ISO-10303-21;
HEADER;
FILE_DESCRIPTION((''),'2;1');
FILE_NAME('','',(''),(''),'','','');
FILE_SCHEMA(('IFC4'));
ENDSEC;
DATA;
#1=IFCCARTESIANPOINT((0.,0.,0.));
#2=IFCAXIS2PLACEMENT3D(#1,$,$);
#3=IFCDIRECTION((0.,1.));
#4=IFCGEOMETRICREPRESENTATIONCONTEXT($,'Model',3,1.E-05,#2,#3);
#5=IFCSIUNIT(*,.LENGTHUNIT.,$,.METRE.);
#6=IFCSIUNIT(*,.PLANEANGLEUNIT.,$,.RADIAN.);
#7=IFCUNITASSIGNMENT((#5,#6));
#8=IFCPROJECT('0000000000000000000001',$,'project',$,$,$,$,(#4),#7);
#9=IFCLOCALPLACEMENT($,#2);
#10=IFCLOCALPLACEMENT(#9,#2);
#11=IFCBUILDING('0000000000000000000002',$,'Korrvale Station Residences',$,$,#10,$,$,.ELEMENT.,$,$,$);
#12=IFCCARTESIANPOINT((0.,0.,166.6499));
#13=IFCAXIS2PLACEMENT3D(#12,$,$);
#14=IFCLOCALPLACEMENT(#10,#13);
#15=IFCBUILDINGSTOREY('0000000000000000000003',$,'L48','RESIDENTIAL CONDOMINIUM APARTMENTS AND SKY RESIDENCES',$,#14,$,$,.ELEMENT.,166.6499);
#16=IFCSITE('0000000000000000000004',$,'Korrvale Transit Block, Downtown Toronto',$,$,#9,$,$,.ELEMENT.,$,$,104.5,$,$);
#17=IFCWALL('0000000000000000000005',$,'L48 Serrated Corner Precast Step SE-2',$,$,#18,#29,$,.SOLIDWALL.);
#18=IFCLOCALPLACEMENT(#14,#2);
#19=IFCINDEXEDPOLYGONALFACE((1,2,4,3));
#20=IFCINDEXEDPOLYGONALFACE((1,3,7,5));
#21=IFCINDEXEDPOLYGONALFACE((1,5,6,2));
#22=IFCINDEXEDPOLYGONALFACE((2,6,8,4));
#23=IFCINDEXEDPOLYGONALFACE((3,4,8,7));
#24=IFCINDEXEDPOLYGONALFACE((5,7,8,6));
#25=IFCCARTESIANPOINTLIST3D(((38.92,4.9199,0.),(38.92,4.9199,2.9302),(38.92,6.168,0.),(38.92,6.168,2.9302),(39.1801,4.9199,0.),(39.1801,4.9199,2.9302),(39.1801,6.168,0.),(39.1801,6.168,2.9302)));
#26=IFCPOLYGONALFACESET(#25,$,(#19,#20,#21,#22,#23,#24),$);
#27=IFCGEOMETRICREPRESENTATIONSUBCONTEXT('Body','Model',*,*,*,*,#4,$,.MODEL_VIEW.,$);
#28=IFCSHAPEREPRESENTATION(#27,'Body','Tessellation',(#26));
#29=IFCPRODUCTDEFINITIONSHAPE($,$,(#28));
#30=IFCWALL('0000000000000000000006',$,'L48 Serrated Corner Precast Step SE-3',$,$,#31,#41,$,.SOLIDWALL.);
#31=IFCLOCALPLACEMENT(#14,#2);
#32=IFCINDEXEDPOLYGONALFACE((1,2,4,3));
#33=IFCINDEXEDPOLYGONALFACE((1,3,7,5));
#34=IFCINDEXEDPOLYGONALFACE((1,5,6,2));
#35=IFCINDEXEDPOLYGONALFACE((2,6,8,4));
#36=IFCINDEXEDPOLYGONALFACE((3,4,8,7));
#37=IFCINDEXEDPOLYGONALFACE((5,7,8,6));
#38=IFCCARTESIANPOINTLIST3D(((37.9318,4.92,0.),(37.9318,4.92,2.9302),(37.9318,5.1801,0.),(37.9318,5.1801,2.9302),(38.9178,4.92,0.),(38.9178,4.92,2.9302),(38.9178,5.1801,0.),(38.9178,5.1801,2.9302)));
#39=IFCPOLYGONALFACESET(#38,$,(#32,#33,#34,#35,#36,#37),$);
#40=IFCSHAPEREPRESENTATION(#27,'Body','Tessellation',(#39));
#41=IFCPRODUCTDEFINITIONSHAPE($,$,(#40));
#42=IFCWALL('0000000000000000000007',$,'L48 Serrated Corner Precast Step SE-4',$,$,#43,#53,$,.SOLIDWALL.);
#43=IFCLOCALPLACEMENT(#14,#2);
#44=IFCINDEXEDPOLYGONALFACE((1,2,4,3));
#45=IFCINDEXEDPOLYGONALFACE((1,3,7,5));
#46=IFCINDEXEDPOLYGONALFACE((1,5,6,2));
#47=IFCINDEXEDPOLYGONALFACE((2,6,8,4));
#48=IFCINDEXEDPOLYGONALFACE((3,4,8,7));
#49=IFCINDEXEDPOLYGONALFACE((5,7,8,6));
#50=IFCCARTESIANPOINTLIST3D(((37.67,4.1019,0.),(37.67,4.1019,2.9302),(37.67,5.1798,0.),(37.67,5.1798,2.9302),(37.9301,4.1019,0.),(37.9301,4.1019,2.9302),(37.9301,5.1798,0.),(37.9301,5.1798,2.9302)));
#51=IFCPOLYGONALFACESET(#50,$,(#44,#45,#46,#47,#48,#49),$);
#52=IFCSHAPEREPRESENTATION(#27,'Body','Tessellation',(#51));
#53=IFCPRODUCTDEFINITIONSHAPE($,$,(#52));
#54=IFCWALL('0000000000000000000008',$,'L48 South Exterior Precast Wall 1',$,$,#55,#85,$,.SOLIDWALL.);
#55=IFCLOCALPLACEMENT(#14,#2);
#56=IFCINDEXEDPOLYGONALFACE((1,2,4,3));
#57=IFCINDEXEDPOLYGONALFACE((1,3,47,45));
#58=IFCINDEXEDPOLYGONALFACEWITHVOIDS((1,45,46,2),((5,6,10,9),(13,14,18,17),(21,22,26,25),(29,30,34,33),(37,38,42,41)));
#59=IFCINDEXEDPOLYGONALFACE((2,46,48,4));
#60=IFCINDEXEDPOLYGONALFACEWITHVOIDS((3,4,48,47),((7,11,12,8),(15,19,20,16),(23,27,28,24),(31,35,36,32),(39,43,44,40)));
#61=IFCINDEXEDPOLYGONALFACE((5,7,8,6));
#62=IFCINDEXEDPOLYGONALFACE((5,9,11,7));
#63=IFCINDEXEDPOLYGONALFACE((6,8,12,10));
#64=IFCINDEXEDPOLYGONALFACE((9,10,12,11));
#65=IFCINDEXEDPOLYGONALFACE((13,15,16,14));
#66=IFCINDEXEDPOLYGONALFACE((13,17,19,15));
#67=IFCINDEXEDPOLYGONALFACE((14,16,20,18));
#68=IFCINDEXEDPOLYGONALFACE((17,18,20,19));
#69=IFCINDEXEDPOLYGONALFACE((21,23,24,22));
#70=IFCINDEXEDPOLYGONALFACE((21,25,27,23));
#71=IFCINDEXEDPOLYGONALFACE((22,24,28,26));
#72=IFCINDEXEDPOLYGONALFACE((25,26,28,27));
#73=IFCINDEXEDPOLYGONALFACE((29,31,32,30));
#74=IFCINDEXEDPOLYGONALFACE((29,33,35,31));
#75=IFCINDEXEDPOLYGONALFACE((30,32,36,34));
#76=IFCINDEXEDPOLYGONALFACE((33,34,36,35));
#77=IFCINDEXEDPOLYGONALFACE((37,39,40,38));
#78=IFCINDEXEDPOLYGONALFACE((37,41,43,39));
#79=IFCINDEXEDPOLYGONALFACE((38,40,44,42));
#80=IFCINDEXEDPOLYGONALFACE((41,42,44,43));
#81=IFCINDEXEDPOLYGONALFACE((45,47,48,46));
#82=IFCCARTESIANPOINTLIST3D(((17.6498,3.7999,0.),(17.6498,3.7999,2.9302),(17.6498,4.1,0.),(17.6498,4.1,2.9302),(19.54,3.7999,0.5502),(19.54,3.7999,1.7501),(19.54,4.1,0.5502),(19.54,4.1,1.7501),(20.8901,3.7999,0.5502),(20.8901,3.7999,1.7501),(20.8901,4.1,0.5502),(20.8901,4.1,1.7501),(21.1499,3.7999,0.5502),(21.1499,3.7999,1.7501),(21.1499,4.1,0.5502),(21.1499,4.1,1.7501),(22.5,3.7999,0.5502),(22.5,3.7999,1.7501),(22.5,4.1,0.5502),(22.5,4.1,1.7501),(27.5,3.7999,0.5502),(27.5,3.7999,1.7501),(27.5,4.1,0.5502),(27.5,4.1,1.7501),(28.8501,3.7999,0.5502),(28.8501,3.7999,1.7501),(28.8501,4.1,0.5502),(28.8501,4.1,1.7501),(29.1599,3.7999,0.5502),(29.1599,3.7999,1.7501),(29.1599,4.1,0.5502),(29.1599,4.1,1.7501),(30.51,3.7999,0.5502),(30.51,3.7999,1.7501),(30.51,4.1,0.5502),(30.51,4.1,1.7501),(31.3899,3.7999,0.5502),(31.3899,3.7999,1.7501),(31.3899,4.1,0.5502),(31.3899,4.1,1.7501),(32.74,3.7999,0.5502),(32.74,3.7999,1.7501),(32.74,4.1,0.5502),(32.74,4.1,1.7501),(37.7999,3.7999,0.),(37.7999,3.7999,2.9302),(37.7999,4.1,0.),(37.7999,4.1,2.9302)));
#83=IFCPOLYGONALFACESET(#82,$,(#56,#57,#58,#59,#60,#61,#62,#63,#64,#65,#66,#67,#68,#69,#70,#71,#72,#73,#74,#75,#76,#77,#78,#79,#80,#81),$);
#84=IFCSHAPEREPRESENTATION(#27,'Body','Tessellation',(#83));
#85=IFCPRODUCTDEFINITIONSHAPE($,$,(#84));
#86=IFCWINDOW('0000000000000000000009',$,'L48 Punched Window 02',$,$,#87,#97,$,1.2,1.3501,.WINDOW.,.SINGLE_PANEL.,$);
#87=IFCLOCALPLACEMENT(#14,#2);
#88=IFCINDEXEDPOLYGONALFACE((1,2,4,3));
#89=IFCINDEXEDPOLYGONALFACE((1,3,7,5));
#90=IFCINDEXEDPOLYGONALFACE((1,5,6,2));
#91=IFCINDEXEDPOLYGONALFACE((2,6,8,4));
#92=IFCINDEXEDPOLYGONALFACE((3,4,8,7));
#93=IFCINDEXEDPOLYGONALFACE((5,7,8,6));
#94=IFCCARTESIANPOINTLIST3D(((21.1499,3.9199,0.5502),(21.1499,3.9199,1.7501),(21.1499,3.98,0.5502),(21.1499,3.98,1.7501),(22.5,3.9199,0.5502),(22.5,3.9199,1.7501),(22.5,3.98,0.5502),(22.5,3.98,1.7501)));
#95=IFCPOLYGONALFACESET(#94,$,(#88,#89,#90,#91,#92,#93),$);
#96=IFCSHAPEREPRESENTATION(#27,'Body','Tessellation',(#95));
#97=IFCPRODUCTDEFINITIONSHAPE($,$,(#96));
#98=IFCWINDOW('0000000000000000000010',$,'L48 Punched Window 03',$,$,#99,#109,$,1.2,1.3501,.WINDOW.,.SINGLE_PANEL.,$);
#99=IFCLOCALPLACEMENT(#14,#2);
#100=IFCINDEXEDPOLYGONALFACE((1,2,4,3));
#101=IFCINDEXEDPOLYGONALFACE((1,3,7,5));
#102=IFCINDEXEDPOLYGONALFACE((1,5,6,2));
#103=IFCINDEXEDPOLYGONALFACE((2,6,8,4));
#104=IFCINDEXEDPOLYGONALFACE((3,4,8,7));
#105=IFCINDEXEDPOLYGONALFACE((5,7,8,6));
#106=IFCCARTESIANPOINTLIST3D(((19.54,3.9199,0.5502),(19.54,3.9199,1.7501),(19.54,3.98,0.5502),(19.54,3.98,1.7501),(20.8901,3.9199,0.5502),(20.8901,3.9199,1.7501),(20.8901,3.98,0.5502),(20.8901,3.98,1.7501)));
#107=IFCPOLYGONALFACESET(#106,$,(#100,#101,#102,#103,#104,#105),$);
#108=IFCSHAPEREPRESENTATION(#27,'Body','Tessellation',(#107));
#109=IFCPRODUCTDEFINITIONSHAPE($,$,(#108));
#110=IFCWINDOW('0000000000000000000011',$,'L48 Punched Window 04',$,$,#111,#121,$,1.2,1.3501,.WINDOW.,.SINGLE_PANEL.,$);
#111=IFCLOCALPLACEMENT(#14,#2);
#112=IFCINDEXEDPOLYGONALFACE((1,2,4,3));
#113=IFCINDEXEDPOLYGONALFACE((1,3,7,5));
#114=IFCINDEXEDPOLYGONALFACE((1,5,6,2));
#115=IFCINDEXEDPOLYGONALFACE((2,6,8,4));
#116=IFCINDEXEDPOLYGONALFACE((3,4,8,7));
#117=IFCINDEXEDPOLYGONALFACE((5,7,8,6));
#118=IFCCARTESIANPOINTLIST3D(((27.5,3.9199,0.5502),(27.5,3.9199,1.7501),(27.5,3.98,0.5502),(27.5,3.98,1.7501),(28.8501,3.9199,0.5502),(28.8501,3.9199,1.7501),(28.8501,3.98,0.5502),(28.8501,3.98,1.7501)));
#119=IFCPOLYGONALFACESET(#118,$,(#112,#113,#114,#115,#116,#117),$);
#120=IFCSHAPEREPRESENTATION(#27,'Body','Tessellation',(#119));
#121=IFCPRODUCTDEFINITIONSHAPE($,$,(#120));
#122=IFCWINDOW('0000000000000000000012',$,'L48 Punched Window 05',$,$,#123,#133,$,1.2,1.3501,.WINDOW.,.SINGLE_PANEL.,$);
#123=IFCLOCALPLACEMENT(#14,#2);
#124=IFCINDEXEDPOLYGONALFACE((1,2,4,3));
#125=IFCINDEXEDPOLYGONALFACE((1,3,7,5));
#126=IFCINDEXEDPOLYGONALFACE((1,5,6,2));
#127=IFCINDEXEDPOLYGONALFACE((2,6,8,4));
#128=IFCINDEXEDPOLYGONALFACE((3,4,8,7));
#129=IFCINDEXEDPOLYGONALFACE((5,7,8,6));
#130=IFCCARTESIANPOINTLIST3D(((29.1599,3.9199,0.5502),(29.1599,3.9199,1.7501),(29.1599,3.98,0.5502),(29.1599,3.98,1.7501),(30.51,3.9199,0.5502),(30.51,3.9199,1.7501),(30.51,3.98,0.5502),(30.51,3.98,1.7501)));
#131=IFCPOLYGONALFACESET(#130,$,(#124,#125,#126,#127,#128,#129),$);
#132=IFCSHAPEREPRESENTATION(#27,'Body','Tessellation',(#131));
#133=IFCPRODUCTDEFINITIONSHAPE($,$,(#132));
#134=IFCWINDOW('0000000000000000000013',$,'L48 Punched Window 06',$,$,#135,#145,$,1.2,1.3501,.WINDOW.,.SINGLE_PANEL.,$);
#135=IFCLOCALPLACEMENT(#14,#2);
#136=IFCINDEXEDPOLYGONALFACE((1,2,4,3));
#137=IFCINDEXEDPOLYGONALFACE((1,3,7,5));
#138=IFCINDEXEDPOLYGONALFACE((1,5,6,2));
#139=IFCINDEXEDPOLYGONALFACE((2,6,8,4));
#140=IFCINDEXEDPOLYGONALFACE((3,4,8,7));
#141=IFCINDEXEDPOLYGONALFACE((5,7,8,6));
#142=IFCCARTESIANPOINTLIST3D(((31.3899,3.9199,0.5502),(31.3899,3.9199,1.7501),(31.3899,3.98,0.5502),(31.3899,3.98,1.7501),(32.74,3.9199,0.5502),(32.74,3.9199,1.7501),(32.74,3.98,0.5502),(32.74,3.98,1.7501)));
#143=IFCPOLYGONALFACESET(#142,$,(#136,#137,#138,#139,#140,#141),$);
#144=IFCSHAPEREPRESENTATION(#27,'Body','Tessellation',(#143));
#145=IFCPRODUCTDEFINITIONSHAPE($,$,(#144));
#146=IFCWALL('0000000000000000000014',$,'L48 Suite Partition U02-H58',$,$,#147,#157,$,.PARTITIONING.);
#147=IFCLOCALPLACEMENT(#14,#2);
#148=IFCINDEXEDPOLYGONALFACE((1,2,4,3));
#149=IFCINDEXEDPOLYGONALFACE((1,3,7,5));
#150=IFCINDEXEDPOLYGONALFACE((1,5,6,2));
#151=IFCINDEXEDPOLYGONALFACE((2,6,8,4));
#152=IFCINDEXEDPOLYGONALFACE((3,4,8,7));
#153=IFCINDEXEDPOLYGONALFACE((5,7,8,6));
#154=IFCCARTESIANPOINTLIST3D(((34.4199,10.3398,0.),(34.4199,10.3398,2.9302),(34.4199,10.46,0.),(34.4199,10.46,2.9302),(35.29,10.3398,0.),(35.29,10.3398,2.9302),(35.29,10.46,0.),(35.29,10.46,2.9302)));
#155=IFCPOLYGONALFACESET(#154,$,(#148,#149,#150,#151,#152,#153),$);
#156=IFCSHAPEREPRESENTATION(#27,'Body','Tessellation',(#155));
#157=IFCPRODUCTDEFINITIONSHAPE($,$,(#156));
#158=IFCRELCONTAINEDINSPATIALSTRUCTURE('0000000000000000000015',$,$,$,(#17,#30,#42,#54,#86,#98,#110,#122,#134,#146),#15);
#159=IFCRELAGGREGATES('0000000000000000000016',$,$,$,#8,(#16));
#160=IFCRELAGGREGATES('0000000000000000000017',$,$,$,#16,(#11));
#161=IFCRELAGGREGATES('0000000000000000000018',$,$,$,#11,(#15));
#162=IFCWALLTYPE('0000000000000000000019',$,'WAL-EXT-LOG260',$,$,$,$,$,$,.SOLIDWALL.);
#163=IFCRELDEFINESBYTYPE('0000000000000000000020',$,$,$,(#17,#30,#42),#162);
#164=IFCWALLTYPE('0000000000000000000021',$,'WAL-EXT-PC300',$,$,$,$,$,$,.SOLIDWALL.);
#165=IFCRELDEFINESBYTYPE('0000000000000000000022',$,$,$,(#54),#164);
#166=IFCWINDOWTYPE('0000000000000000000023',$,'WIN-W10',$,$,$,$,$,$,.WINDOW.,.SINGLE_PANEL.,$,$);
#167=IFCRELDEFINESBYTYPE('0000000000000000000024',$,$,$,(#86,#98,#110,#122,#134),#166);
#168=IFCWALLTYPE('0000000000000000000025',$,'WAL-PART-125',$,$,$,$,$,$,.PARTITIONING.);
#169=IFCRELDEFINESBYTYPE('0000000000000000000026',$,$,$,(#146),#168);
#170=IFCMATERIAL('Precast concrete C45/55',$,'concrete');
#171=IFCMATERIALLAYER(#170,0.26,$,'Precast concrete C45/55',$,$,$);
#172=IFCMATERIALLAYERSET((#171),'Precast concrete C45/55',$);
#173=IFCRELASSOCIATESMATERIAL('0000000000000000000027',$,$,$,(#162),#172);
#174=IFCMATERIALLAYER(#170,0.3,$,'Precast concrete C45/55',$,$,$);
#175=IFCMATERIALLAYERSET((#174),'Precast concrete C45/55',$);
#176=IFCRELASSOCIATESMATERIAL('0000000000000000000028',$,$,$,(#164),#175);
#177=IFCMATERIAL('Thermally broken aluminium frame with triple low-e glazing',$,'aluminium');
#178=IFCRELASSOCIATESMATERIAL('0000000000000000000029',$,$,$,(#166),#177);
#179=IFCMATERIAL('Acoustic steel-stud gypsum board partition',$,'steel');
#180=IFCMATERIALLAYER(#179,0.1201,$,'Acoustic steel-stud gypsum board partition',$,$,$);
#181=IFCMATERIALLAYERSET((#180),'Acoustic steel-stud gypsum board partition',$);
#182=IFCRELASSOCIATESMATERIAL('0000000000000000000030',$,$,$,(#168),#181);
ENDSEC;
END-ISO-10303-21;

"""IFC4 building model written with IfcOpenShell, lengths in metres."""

from ifc_helpers import new_model, si_unit, direction, frame, frame_2d, origin, place, context, subcontext, project, spatial, rectangle, extrude, material, layer, layer_set, type_object, element, fill, save


model = new_model("IFC4")

# Units and contexts
model_context = context("Model", 3, precision=1e-05, world=origin(), true_north=direction((0.0, 1.0)))
body_context = subcontext(model_context, "Body", "Model", "MODEL_VIEW")
ifc_project = project(units=[si_unit("LENGTHUNIT", "METRE"), si_unit("PLANEANGLEUNIT", "RADIAN")], contexts=[model_context])

# Site, building, storey
site_placement = place(None, origin())
site = spatial("IfcSite", under=ifc_project, at=site_placement, Name="Korrvale Transit Block, Downtown Toronto", CompositionType="ELEMENT", RefElevation=104.5)
building_placement = place(site_placement, origin())
building = spatial("IfcBuilding", under=site, at=building_placement, Name="Korrvale Station Residences", CompositionType="ELEMENT")
storey_placement = place(building_placement, frame((0.0, 0.0, 166.6499)))
storey = spatial("IfcBuildingStorey", under=building, at=storey_placement, Name="L48", Description="RESIDENTIAL CONDOMINIUM APARTMENTS AND SKY RESIDENCES", CompositionType="ELEMENT", Elevation=166.6499)

# Walls
ifc_material_1 = material(Name="Precast concrete C45/55", Category="concrete")
ifc_layer_1 = layer(ifc_material_1, 0.26, Name="Precast concrete C45/55")
ifc_layer_set_1 = layer_set([ifc_layer_1], Name="Precast concrete C45/55")
wall_type_1 = type_object("IfcWallType", Name="WAL-EXT-LOG260", PredefinedType="SOLIDWALL", material=ifc_layer_set_1)
wall_1_placement = place(storey_placement, frame((39.05, 6.168, 0.0), z_axis=(0.0, 0.0, 1.0), x_axis=(0.0, -1.0, 0.0)))
element("IfcWall", 1, at=wall_1_placement, inside=storey, type_object=wall_type_1, Name="L48 Serrated Corner Precast Step SE-2", PredefinedType="SOLIDWALL", context=body_context, shape_type="SweptSolid", body=[
    extrude(rectangle(XDim=1.248, YDim=0.26, at=frame_2d((0.624, 0.0))), origin(), (0.0, 0.0, 1.0), 2.9302),
])
wall_2_placement = place(storey_placement, frame((38.918, 5.05, 0.0), z_axis=(0.0, 0.0, 1.0), x_axis=(-1.0, 0.0, 0.0)))
element("IfcWall", 2, at=wall_2_placement, inside=storey, type_object=wall_type_1, Name="L48 Serrated Corner Precast Step SE-3", PredefinedType="SOLIDWALL", context=body_context, shape_type="SweptSolid", body=[
    extrude(rectangle(XDim=0.9861, YDim=0.26, at=frame_2d((0.4932, 0.0))), origin(), (0.0, 0.0, 1.0), 2.9302),
])
wall_3_placement = place(storey_placement, frame((37.8, 5.1799, 0.0), z_axis=(0.0, 0.0, 1.0), x_axis=(0.0, -1.0, 0.0)))
element("IfcWall", 3, at=wall_3_placement, inside=storey, type_object=wall_type_1, Name="L48 Serrated Corner Precast Step SE-4", PredefinedType="SOLIDWALL", context=body_context, shape_type="SweptSolid", body=[
    extrude(rectangle(XDim=1.0779, YDim=0.26, at=frame_2d((0.5391, 0.0))), origin(), (0.0, 0.0, 1.0), 2.9302),
])

# Wall, openings, windows
ifc_layer_2 = layer(ifc_material_1, 0.3, Name="Precast concrete C45/55")
ifc_layer_set_2 = layer_set([ifc_layer_2], Name="Precast concrete C45/55")
wall_type_2 = type_object("IfcWallType", Name="WAL-EXT-PC300", PredefinedType="SOLIDWALL", material=ifc_layer_set_2)
wall_4_placement = place(storey_placement, frame((37.8, 3.95, 0.0), z_axis=(0.0, 0.0, 1.0), x_axis=(-1.0, 0.0, 0.0)))
wall_4 = element("IfcWall", 4, at=wall_4_placement, inside=storey, type_object=wall_type_2, Name="L48 South Exterior Precast Wall 1", PredefinedType="SOLIDWALL", context=body_context, shape_type="SweptSolid", body=[
    extrude(rectangle(XDim=20.1501, YDim=0.3, at=frame_2d((10.0752, 0.0))), origin(), (0.0, 0.0, 1.0), 2.9302),
])
opening_1_placement = place(wall_4_placement, frame((15.3, 0.0, 0.55)))
opening_1 = element("IfcOpeningElement", 5, at=opening_1_placement, cuts=wall_4, PredefinedType="OPENING", context=body_context, shape_type="SweptSolid", body=[
    extrude(rectangle(XDim=1.3501, YDim=1.2, at=frame_2d((0.675, 0.6001))), frame((0.0, 0.1602, 0.0), z_axis=(0.0, -1.0, 0.0), x_axis=(1.0, 0.0, 0.0)), (0.0, 0.0, 1.0), 0.3201),
])
opening_2_placement = place(wall_4_placement, frame((16.9099, 0.0, 0.55)))
opening_2 = element("IfcOpeningElement", 6, at=opening_2_placement, cuts=wall_4, PredefinedType="OPENING", context=body_context, shape_type="SweptSolid", body=[
    extrude(rectangle(XDim=1.3501, YDim=1.2, at=frame_2d((0.675, 0.6001))), frame((0.0, 0.1602, 0.0), z_axis=(0.0, -1.0, 0.0), x_axis=(1.0, 0.0, 0.0)), (0.0, 0.0, 1.0), 0.3201),
])
opening_3_placement = place(wall_4_placement, frame((8.95, 0.0, 0.55)))
opening_3 = element("IfcOpeningElement", 7, at=opening_3_placement, cuts=wall_4, PredefinedType="OPENING", context=body_context, shape_type="SweptSolid", body=[
    extrude(rectangle(XDim=1.3501, YDim=1.2, at=frame_2d((0.675, 0.6001))), frame((0.0, 0.1602, 0.0), z_axis=(0.0, -1.0, 0.0), x_axis=(1.0, 0.0, 0.0)), (0.0, 0.0, 1.0), 0.3201),
])
opening_4_placement = place(wall_4_placement, frame((7.29, 0.0, 0.55)))
opening_4 = element("IfcOpeningElement", 8, at=opening_4_placement, cuts=wall_4, PredefinedType="OPENING", context=body_context, shape_type="SweptSolid", body=[
    extrude(rectangle(XDim=1.3501, YDim=1.2, at=frame_2d((0.675, 0.6001))), frame((0.0, 0.1602, 0.0), z_axis=(0.0, -1.0, 0.0), x_axis=(1.0, 0.0, 0.0)), (0.0, 0.0, 1.0), 0.3201),
])
opening_5_placement = place(wall_4_placement, frame((5.0601, 0.0, 0.55)))
opening_5 = element("IfcOpeningElement", 9, at=opening_5_placement, cuts=wall_4, PredefinedType="OPENING", context=body_context, shape_type="SweptSolid", body=[
    extrude(rectangle(XDim=1.3501, YDim=1.2, at=frame_2d((0.675, 0.6001))), frame((0.0, 0.1602, 0.0), z_axis=(0.0, -1.0, 0.0), x_axis=(1.0, 0.0, 0.0)), (0.0, 0.0, 1.0), 0.3201),
])
ifc_material_2 = material(Name="Thermally broken aluminium frame with triple low-e glazing", Category="aluminium")
window_type = type_object("IfcWindowType", Name="WIN-W10", PartitioningType="SINGLE_PANEL", PredefinedType="WINDOW", material=ifc_material_2)
window_1_placement = place(opening_1_placement, origin())
window_1 = element("IfcWindow", 10, at=window_1_placement, inside=storey, type_object=window_type, Name="L48 Punched Window 02", OverallHeight=1.2, OverallWidth=1.3501, PartitioningType="SINGLE_PANEL", PredefinedType="WINDOW", context=body_context, shape_type="SweptSolid", body=[
    extrude(rectangle(XDim=1.3501, YDim=1.2, at=frame_2d((0.675, 0.6001))), frame((0.0, 0.03, 0.0), z_axis=(0.0, -1.0, 0.0), x_axis=(1.0, 0.0, 0.0)), (0.0, 0.0, 1.0), 0.0601),
])
fill(opening_1, window_1)
window_2_placement = place(opening_2_placement, origin())
window_2 = element("IfcWindow", 11, at=window_2_placement, inside=storey, type_object=window_type, Name="L48 Punched Window 03", OverallHeight=1.2, OverallWidth=1.3501, PartitioningType="SINGLE_PANEL", PredefinedType="WINDOW", context=body_context, shape_type="SweptSolid", body=[
    extrude(rectangle(XDim=1.3501, YDim=1.2, at=frame_2d((0.675, 0.6001))), frame((0.0, 0.03, 0.0), z_axis=(0.0, -1.0, 0.0), x_axis=(1.0, 0.0, 0.0)), (0.0, 0.0, 1.0), 0.0601),
])
fill(opening_2, window_2)
window_3_placement = place(opening_3_placement, origin())
window_3 = element("IfcWindow", 12, at=window_3_placement, inside=storey, type_object=window_type, Name="L48 Punched Window 04", OverallHeight=1.2, OverallWidth=1.3501, PartitioningType="SINGLE_PANEL", PredefinedType="WINDOW", context=body_context, shape_type="SweptSolid", body=[
    extrude(rectangle(XDim=1.3501, YDim=1.2, at=frame_2d((0.675, 0.6001))), frame((0.0, 0.03, 0.0), z_axis=(0.0, -1.0, 0.0), x_axis=(1.0, 0.0, 0.0)), (0.0, 0.0, 1.0), 0.0601),
])
fill(opening_3, window_3)
window_4_placement = place(opening_4_placement, origin())
window_4 = element("IfcWindow", 13, at=window_4_placement, inside=storey, type_object=window_type, Name="L48 Punched Window 05", OverallHeight=1.2, OverallWidth=1.3501, PartitioningType="SINGLE_PANEL", PredefinedType="WINDOW", context=body_context, shape_type="SweptSolid", body=[
    extrude(rectangle(XDim=1.3501, YDim=1.2, at=frame_2d((0.675, 0.6001))), frame((0.0, 0.03, 0.0), z_axis=(0.0, -1.0, 0.0), x_axis=(1.0, 0.0, 0.0)), (0.0, 0.0, 1.0), 0.0601),
])
fill(opening_4, window_4)
window_5_placement = place(opening_5_placement, origin())
window_5 = element("IfcWindow", 14, at=window_5_placement, inside=storey, type_object=window_type, Name="L48 Punched Window 06", OverallHeight=1.2, OverallWidth=1.3501, PartitioningType="SINGLE_PANEL", PredefinedType="WINDOW", context=body_context, shape_type="SweptSolid", body=[
    extrude(rectangle(XDim=1.3501, YDim=1.2, at=frame_2d((0.675, 0.6001))), frame((0.0, 0.03, 0.0), z_axis=(0.0, -1.0, 0.0), x_axis=(1.0, 0.0, 0.0)), (0.0, 0.0, 1.0), 0.0601),
])
fill(opening_5, window_5)

# Wall
ifc_material_3 = material(Name="Acoustic steel-stud gypsum board partition", Category="steel")
ifc_layer_3 = layer(ifc_material_3, 0.1201, Name="Acoustic steel-stud gypsum board partition")
ifc_layer_set_3 = layer_set([ifc_layer_3], Name="Acoustic steel-stud gypsum board partition")
wall_type_3 = type_object("IfcWallType", Name="WAL-PART-125", PredefinedType="PARTITIONING", material=ifc_layer_set_3)
wall_5_placement = place(storey_placement, frame((34.4199, 10.3999, 0.0), z_axis=(0.0, 0.0, 1.0), x_axis=(1.0, 0.0, 0.0)))
element("IfcWall", 15, at=wall_5_placement, inside=storey, type_object=wall_type_3, Name="L48 Suite Partition U02-H58", PredefinedType="PARTITIONING", context=body_context, shape_type="SweptSolid", body=[
    extrude(rectangle(XDim=0.8701, YDim=0.1201, at=frame_2d((0.4351, 0.0))), origin(), (0.0, 0.0, 1.0), 2.9302),
])

save(model, "model.ifc")
